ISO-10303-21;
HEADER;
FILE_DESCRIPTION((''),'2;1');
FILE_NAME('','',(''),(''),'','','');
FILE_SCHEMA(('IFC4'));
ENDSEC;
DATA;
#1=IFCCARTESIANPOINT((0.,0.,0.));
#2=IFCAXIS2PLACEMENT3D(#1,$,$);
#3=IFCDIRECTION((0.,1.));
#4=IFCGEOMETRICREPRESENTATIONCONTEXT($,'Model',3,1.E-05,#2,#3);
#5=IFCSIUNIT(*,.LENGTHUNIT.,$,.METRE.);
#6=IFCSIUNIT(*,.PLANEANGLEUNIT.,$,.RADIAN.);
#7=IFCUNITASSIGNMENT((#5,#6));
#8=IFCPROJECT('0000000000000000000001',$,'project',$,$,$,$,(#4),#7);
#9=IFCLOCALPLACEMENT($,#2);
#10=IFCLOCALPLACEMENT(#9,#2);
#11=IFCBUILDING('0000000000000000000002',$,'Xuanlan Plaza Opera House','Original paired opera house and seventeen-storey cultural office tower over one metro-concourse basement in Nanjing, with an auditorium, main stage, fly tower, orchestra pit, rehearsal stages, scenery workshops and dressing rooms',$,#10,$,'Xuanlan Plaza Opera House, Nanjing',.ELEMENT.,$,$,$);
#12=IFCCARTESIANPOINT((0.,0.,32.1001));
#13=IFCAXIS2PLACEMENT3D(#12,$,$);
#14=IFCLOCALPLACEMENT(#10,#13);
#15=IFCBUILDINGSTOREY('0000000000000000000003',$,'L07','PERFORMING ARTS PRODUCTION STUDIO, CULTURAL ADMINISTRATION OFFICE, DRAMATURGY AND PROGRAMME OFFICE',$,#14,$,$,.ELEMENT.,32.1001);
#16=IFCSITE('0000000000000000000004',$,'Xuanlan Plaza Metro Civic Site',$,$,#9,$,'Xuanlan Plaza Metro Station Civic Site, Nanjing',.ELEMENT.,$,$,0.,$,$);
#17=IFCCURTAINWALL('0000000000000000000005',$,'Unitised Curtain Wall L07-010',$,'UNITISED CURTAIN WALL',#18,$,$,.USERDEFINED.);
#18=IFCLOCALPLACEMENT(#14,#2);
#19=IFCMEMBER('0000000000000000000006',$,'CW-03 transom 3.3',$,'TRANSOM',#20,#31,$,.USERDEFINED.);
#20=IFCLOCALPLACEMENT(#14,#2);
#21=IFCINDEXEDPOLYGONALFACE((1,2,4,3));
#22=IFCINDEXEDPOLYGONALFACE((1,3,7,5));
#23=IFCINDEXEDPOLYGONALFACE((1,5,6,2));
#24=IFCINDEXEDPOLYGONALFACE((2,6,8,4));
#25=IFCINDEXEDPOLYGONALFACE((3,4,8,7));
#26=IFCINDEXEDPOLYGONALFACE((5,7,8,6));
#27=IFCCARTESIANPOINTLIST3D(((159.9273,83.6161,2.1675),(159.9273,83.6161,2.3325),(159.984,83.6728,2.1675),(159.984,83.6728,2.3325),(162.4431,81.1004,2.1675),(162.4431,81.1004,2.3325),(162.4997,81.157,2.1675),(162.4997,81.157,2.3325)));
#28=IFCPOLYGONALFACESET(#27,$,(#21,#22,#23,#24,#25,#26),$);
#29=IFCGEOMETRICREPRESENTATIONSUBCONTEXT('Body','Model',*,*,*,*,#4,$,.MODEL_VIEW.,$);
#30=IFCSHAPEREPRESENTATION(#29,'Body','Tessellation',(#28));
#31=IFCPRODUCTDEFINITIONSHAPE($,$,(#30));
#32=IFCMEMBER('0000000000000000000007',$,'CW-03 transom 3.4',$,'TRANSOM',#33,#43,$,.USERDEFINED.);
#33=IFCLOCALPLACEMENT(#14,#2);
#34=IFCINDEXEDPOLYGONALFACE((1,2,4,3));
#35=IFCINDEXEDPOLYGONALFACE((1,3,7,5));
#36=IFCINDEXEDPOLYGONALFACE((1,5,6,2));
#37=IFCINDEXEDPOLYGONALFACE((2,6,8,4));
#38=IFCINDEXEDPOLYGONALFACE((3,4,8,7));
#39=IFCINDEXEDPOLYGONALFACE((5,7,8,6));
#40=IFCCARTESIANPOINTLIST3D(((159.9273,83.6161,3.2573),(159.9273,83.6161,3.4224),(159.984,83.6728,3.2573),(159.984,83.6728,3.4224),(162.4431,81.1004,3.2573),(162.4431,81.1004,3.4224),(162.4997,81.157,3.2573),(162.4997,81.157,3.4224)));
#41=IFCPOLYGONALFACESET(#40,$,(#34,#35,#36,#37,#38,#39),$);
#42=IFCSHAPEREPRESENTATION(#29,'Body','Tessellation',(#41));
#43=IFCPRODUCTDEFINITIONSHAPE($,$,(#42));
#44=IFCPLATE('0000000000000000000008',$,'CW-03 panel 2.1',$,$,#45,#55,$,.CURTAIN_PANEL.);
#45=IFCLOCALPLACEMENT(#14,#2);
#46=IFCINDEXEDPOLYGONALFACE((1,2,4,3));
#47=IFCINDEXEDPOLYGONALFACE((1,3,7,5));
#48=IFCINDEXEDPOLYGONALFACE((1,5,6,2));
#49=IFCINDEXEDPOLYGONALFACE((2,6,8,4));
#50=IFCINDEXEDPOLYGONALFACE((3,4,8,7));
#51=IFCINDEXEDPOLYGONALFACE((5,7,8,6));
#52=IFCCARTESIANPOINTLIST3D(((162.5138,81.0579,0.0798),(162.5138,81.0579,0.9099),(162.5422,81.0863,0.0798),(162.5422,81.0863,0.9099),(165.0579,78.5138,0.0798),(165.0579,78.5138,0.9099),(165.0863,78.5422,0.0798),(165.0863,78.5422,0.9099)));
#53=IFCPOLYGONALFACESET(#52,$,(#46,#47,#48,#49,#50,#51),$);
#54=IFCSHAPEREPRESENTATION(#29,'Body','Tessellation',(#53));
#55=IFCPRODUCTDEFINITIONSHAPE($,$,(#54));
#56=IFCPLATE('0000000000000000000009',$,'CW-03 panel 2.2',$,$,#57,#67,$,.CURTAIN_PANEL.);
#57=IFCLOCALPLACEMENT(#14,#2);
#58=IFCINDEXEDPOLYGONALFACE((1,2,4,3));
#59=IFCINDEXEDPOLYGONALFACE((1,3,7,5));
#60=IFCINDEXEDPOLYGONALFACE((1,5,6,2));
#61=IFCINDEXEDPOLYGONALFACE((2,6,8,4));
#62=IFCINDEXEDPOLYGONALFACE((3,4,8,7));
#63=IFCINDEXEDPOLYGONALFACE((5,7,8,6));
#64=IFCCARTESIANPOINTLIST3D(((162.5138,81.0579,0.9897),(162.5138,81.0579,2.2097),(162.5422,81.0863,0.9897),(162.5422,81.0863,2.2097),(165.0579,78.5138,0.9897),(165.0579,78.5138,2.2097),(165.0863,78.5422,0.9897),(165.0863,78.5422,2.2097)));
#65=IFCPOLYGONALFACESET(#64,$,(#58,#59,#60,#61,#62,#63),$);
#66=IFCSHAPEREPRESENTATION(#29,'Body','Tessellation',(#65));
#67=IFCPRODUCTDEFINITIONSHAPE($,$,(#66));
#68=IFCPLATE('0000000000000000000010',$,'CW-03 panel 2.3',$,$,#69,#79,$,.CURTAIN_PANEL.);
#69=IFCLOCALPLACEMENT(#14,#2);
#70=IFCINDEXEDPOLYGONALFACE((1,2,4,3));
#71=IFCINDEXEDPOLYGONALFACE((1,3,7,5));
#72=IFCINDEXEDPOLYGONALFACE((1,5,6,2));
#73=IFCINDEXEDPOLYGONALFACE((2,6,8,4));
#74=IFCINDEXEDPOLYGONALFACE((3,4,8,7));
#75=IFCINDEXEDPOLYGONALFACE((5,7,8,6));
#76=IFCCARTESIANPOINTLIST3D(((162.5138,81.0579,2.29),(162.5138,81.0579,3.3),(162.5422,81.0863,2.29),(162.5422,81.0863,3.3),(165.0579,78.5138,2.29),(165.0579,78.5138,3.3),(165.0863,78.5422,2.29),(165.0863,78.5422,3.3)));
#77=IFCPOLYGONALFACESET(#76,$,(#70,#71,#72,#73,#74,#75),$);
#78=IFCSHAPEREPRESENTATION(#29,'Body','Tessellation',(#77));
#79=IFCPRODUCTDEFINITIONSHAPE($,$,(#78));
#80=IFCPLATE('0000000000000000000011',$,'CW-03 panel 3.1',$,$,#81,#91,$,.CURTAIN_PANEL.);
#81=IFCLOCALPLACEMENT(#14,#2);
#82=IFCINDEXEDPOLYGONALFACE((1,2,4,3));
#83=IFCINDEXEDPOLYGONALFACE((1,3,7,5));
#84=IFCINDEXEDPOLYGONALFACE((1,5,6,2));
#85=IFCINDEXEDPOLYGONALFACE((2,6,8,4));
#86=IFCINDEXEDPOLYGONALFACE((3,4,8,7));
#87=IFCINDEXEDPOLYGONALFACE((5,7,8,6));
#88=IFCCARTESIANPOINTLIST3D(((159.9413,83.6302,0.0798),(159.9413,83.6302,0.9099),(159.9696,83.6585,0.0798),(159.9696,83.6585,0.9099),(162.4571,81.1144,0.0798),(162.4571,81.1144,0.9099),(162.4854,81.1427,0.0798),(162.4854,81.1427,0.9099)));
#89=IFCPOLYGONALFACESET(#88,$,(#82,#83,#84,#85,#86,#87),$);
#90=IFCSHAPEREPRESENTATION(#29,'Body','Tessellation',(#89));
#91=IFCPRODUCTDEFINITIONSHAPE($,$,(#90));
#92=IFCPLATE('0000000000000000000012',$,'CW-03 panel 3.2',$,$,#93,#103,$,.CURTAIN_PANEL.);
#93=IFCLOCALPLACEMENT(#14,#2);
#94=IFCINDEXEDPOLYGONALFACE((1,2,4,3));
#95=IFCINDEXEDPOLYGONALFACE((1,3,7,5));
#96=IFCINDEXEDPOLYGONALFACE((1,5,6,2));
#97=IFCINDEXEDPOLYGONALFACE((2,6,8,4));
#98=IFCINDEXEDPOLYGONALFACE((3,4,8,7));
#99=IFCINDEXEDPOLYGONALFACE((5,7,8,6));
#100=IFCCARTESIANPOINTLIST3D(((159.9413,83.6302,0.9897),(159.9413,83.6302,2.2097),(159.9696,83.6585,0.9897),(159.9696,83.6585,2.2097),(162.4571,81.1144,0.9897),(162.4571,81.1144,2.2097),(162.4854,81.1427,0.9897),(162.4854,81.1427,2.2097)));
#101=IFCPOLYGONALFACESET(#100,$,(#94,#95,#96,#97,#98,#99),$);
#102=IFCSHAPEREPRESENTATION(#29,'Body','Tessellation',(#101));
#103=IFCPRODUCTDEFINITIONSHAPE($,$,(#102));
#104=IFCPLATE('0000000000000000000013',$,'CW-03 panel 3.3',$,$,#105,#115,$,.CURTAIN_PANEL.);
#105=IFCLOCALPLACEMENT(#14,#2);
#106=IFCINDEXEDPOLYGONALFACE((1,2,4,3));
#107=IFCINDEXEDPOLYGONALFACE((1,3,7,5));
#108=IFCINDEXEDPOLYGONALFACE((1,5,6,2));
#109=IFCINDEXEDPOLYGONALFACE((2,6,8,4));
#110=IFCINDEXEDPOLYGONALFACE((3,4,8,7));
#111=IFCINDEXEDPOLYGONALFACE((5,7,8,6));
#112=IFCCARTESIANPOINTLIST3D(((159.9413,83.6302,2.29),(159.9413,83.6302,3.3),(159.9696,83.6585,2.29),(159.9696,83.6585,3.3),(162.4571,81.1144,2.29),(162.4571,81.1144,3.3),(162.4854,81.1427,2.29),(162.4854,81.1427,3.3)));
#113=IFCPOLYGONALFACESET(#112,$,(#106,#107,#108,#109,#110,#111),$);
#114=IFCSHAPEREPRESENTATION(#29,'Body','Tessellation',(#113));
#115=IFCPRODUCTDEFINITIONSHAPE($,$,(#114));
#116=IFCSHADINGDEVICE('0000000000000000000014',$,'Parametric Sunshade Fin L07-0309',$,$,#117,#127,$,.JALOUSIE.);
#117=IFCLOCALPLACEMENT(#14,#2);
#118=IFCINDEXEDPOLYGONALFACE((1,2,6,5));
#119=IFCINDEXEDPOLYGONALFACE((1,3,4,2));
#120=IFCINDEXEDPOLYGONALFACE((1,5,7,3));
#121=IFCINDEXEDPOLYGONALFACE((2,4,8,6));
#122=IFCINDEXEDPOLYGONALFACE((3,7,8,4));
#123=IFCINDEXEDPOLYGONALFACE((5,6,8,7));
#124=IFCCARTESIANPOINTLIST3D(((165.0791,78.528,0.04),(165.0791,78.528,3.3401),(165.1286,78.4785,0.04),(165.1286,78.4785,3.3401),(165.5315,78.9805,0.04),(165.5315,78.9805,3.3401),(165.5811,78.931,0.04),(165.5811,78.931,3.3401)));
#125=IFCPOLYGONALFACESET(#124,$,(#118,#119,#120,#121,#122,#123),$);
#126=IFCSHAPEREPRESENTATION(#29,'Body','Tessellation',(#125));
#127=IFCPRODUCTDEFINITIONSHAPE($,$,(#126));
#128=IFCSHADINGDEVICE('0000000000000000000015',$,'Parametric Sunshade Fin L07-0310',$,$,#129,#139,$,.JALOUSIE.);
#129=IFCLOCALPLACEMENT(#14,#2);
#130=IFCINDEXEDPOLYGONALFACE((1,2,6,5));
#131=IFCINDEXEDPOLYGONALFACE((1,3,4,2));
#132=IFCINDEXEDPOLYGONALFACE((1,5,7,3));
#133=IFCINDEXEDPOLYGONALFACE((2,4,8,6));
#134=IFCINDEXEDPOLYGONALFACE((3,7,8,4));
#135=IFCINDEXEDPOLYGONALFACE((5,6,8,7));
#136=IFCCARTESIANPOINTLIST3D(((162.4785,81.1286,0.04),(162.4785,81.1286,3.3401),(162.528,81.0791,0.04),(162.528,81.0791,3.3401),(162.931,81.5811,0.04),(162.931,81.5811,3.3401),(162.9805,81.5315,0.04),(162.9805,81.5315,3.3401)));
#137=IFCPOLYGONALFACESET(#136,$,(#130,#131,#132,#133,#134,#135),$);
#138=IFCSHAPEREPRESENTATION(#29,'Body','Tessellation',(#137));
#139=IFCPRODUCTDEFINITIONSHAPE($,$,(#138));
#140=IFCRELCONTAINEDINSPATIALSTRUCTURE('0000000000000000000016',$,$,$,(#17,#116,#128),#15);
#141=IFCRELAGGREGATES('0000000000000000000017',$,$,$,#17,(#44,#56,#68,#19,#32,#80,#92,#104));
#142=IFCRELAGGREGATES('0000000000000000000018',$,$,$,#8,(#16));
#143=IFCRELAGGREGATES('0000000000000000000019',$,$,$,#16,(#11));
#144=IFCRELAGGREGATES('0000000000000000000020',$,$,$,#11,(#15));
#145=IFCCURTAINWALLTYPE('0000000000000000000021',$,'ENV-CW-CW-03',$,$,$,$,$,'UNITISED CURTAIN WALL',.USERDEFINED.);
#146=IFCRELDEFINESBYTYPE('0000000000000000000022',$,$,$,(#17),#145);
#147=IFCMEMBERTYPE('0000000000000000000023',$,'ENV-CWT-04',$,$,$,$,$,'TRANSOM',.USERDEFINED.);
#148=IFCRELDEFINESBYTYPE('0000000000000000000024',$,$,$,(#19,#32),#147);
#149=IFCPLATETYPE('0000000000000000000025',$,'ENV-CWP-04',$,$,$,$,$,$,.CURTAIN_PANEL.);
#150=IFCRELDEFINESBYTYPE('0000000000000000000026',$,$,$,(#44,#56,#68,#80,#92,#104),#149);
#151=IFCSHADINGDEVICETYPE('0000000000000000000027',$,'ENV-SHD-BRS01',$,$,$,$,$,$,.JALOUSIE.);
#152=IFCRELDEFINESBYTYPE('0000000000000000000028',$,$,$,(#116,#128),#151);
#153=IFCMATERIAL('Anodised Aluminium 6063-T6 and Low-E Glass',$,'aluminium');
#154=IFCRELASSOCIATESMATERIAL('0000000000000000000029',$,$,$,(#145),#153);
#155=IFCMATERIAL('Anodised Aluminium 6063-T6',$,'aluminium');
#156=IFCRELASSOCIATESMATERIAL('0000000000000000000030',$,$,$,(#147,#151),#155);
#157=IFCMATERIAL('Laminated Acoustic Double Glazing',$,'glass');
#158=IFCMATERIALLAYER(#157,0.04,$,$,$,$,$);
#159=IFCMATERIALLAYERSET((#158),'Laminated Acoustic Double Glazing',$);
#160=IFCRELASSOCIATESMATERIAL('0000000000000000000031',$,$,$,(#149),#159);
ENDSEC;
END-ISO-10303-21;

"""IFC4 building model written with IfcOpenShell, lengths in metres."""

from ifc_helpers import new_model, si_unit, direction, frame, origin, origin_2d, place, context, subcontext, project, spatial, rectangle, extrude, material, layer, layer_set, material_profile, profile_set, type_object, element, aggregate, save


model = new_model("IFC4")

# Units and contexts
model_context = context("Model", 3, precision=1e-05, world=origin(), true_north=direction((0.0, 1.0)))
body_context = subcontext(model_context, "Body", "Model", "MODEL_VIEW")
ifc_project = project(units=[si_unit("LENGTHUNIT", "METRE"), si_unit("PLANEANGLEUNIT", "RADIAN")], contexts=[model_context])

# Site, building, storey
site_placement = place(None, origin())
site = spatial("IfcSite", under=ifc_project, at=site_placement, Name="Xuanlan Plaza Metro Civic Site", LongName="Xuanlan Plaza Metro Station Civic Site, Nanjing", CompositionType="ELEMENT", RefElevation=0.0)
building_placement = place(site_placement, origin())
building = spatial("IfcBuilding", under=site, at=building_placement, Name="Xuanlan Plaza Opera House", Description="Original paired opera house and seventeen-storey cultural office tower over one metro-concourse basement in Nanjing, with an auditorium, main stage, fly tower, orchestra pit, rehearsal stages, scenery workshops and dressing rooms", LongName="Xuanlan Plaza Opera House, Nanjing", CompositionType="ELEMENT")
storey_placement = place(building_placement, frame((0.0, 0.0, 32.1001)))
storey = spatial("IfcBuildingStorey", under=building, at=storey_placement, Name="L07", Description="PERFORMING ARTS PRODUCTION STUDIO, CULTURAL ADMINISTRATION OFFICE, DRAMATURGY AND PROGRAMME OFFICE", CompositionType="ELEMENT", Elevation=32.1001)

# Curtain wall
ifc_material_1 = material(Name="Anodised Aluminium 6063-T6 and Low-E Glass", Category="aluminium")
curtain_wall_type_1 = type_object("IfcCurtainWallType", Name="ENV-CW-CW-03", ElementType="UNITISED CURTAIN WALL", PredefinedType="USERDEFINED", material=ifc_material_1)
curtain_wall_1_placement = place(storey_placement, origin())
curtain_wall_1 = element("IfcCurtainWall", 1, at=curtain_wall_1_placement, inside=storey, type_object=curtain_wall_type_1, Name="Unitised Curtain Wall L07-010", ObjectType="UNITISED CURTAIN WALL", PredefinedType="USERDEFINED")
ifc_material_2 = material(Name="Anodised Aluminium 6063-T6", Category="aluminium")

# Members
ifc_material_profile_1 = material_profile(ifc_material_2, rectangle(XDim=0.0801, YDim=0.165, at=origin_2d()), Name="ALU-T 80x165")
ifc_profile_set_1 = profile_set([ifc_material_profile_1], Name="Anodised Aluminium 6063-T6")
member_type_1 = type_object("IfcMemberType", Name="ENV-CWT-04", ElementType="TRANSOM", PredefinedType="USERDEFINED", material=ifc_profile_set_1)
member_1_placement = place(storey_placement, frame((162.4714, 81.1287, 2.25), z_axis=(-0.707107, 0.707107, 0.0), x_axis=(-0.707107, -0.707107, 0.0)))
member_1 = element("IfcMember", 2, at=member_1_placement, type_object=member_type_1, Name="CW-03 transom 3.3", ObjectType="TRANSOM", PredefinedType="USERDEFINED", context=body_context, shape_type="SweptSolid", body=[
    extrude(rectangle(XDim=0.0801, YDim=0.165, at=origin_2d()), origin(), (0.0, 0.0, 1.0), 3.5579),
])
member_2_placement = place(storey_placement, frame((162.4714, 81.1287, 3.3398), z_axis=(-0.707107, 0.707107, 0.0), x_axis=(-0.707107, -0.707107, 0.0)))
member_2 = element("IfcMember", 3, at=member_2_placement, type_object=member_type_1, Name="CW-03 transom 3.4", ObjectType="TRANSOM", PredefinedType="USERDEFINED", context=body_context, shape_type="SweptSolid", body=[
    extrude(rectangle(XDim=0.0801, YDim=0.165, at=origin_2d()), origin(), (0.0, 0.0, 1.0), 3.5579),
])

# Plates
ifc_material_3 = material(Name="Laminated Acoustic Double Glazing", Category="glass")
ifc_layer = layer(ifc_material_3, 0.04)
ifc_layer_set = layer_set([ifc_layer], Name="Laminated Acoustic Double Glazing")
plate_type = type_object("IfcPlateType", Name="ENV-CWP-04", PredefinedType="CURTAIN_PANEL", material=ifc_layer_set)
plate_1_placement = place(storey_placement, frame((163.8, 79.8, 0.0798), z_axis=(0.0, 0.0, 1.0), x_axis=(-0.707107, 0.707107, 0.0)))
plate_1 = element("IfcPlate", 4, at=plate_1_placement, type_object=plate_type, Name="CW-03 panel 2.1", PredefinedType="CURTAIN_PANEL", context=body_context, shape_type="SweptSolid", body=[
    extrude(rectangle(XDim=3.5979, YDim=0.04, at=origin_2d()), origin(), (0.0, 0.0, 1.0), 0.8301),
])
plate_2_placement = place(storey_placement, frame((163.8, 79.8, 0.9897), z_axis=(0.0, 0.0, 1.0), x_axis=(-0.707107, 0.707107, 0.0)))
plate_2 = element("IfcPlate", 5, at=plate_2_placement, type_object=plate_type, Name="CW-03 panel 2.2", PredefinedType="CURTAIN_PANEL", context=body_context, shape_type="SweptSolid", body=[
    extrude(rectangle(XDim=3.5979, YDim=0.04, at=origin_2d()), origin(), (0.0, 0.0, 1.0), 1.22),
])
plate_3_placement = place(storey_placement, frame((163.8, 79.8, 2.29), z_axis=(0.0, 0.0, 1.0), x_axis=(-0.707107, 0.707107, 0.0)))
plate_3 = element("IfcPlate", 6, at=plate_3_placement, type_object=plate_type, Name="CW-03 panel 2.3", PredefinedType="CURTAIN_PANEL", context=body_context, shape_type="SweptSolid", body=[
    extrude(rectangle(XDim=3.5979, YDim=0.04, at=origin_2d()), origin(), (0.0, 0.0, 1.0), 1.01),
])
plate_4_placement = place(storey_placement, frame((161.2134, 82.3865, 0.0798), z_axis=(0.0, 0.0, 1.0), x_axis=(-0.707107, 0.707107, 0.0)))
plate_4 = element("IfcPlate", 7, at=plate_4_placement, type_object=plate_type, Name="CW-03 panel 3.1", PredefinedType="CURTAIN_PANEL", context=body_context, shape_type="SweptSolid", body=[
    extrude(rectangle(XDim=3.5579, YDim=0.04, at=origin_2d()), origin(), (0.0, 0.0, 1.0), 0.8301),
])
plate_5_placement = place(storey_placement, frame((161.2134, 82.3865, 0.9897), z_axis=(0.0, 0.0, 1.0), x_axis=(-0.707107, 0.707107, 0.0)))
plate_5 = element("IfcPlate", 8, at=plate_5_placement, type_object=plate_type, Name="CW-03 panel 3.2", PredefinedType="CURTAIN_PANEL", context=body_context, shape_type="SweptSolid", body=[
    extrude(rectangle(XDim=3.5579, YDim=0.04, at=origin_2d()), origin(), (0.0, 0.0, 1.0), 1.22),
])
plate_6_placement = place(storey_placement, frame((161.2134, 82.3865, 2.29), z_axis=(0.0, 0.0, 1.0), x_axis=(-0.707107, 0.707107, 0.0)))
plate_6 = element("IfcPlate", 9, at=plate_6_placement, type_object=plate_type, Name="CW-03 panel 3.3", PredefinedType="CURTAIN_PANEL", context=body_context, shape_type="SweptSolid", body=[
    extrude(rectangle(XDim=3.5579, YDim=0.04, at=origin_2d()), origin(), (0.0, 0.0, 1.0), 1.01),
])
aggregate(curtain_wall_1, [plate_1, plate_2, plate_3, member_1, member_2, plate_4, plate_5, plate_6])

# Shading devices
shading_device_type = type_object("IfcShadingDeviceType", Name="ENV-SHD-BRS01", PredefinedType="JALOUSIE", material=ifc_material_2)
for number, where, z_axis, x_axis, name in (
    (10, (165.3301, 78.7295, 0.04), (0.0, 0.0, 1.0), (0.707107, 0.707107, 0.0), "Parametric Sunshade Fin L07-0309"),
    (11, (162.7295, 81.3301, 0.04), (0.0, 0.0, 1.0), (0.707107, 0.707107, 0.0), "Parametric Sunshade Fin L07-0310"),
):
    element("IfcShadingDevice", number, at=place(storey_placement, frame(where, z_axis=z_axis, x_axis=x_axis)), inside=storey, type_object=shading_device_type, Name=name, PredefinedType="JALOUSIE", context=body_context, shape_type="SweptSolid", body=[
        extrude(rectangle(XDim=0.6399, YDim=0.0701, at=origin_2d()), origin(), (0.0, 0.0, 1.0), 3.3),
    ])

save(model, "model.ifc")
